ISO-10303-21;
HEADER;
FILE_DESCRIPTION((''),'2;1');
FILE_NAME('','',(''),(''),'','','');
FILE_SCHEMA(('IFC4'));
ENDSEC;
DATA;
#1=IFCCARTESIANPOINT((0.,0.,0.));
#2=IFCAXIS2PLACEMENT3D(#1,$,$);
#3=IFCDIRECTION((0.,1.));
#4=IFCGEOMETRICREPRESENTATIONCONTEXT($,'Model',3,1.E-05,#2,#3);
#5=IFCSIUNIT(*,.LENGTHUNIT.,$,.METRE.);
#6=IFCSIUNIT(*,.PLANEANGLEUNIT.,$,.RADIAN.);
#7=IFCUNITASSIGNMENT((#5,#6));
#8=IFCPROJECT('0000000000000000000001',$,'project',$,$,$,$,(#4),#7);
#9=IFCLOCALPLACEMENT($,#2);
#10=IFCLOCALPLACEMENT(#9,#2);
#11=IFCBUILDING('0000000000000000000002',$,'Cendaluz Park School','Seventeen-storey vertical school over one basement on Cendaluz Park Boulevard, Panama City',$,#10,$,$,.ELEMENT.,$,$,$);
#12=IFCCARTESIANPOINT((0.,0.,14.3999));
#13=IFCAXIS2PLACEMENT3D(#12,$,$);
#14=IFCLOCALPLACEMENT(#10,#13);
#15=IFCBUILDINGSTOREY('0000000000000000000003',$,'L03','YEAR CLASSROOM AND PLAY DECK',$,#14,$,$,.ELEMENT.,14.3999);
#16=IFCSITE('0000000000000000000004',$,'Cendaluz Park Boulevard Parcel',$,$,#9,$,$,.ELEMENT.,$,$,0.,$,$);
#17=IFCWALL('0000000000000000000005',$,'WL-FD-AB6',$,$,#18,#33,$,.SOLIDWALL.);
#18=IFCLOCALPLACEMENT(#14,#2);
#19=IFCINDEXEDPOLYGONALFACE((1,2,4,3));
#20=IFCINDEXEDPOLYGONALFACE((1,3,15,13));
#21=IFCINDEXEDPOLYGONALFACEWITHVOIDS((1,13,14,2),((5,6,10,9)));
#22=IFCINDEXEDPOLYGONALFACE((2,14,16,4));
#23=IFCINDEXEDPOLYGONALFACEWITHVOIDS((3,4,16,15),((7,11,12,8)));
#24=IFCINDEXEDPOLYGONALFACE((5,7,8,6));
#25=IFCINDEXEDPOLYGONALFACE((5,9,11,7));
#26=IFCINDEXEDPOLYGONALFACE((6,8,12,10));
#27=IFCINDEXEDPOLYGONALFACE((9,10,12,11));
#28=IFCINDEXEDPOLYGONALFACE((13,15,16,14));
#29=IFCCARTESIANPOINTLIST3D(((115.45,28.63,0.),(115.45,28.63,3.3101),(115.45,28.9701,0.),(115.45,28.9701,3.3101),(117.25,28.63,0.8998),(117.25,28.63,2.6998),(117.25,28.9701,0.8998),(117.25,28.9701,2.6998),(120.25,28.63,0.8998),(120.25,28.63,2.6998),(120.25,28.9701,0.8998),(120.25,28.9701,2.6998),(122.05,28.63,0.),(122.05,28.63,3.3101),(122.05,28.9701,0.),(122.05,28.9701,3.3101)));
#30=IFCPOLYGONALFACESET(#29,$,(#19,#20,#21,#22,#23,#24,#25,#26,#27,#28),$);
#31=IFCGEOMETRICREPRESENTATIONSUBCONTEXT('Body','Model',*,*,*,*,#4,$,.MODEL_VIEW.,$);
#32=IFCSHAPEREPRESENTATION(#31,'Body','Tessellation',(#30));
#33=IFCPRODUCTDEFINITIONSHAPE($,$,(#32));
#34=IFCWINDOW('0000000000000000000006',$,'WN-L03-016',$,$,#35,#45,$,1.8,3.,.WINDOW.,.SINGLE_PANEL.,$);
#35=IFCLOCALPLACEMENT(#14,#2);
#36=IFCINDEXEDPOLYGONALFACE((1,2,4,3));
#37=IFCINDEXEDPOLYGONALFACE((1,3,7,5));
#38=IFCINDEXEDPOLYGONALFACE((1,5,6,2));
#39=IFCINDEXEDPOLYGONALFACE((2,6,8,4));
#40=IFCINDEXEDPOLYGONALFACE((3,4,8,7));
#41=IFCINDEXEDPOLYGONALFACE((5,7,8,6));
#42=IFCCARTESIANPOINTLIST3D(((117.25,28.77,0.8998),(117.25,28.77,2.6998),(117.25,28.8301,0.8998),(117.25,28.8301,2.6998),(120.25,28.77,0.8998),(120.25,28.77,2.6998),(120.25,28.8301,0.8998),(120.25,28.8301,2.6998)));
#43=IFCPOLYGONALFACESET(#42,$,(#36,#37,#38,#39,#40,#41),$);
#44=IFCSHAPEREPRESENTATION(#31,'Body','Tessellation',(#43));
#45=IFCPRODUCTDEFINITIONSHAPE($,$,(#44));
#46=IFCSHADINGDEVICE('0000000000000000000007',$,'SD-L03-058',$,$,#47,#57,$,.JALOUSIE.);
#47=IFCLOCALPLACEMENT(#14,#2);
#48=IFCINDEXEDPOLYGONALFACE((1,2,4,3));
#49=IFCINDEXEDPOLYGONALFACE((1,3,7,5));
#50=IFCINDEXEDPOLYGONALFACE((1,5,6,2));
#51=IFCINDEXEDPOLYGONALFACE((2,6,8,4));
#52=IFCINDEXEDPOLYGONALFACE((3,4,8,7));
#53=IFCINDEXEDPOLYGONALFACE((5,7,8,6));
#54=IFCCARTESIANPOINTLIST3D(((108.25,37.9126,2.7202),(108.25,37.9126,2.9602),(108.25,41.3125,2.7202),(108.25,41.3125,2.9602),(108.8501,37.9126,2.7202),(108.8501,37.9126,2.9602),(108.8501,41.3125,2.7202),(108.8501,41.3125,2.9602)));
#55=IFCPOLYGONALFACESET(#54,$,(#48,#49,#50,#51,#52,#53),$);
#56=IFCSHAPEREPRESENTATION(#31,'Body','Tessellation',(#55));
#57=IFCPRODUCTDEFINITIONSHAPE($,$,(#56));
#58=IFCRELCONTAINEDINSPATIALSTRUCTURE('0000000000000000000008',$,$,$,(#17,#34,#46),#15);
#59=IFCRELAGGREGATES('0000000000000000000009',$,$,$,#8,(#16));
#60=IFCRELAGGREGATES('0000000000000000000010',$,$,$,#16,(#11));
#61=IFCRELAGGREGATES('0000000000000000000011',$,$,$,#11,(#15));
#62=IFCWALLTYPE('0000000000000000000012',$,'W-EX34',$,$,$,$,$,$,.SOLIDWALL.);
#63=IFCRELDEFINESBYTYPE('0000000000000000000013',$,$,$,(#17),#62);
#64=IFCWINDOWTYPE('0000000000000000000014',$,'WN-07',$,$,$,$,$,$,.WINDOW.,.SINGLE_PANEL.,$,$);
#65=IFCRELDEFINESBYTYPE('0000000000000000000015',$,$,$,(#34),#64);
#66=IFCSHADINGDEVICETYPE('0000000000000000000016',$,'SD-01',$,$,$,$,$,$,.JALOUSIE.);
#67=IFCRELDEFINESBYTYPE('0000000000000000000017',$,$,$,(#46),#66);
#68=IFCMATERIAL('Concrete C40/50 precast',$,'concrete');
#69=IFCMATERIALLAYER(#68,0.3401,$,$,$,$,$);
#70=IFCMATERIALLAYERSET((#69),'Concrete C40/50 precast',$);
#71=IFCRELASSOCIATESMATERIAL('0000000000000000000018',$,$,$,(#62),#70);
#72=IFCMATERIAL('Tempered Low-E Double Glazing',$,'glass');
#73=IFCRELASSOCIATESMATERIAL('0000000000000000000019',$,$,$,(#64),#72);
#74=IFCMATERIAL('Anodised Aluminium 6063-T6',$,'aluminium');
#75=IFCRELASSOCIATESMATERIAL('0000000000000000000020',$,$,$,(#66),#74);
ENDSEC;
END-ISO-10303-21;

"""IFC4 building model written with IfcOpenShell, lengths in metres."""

from ifc_helpers import new_model, si_unit, direction, frame, frame_2d, origin, origin_2d, place, context, subcontext, project, spatial, rectangle, extrude, material, layer, layer_set, type_object, element, fill, save


model = new_model("IFC4")

# Units and contexts
model_context = context("Model", 3, precision=1e-05, world=origin(), true_north=direction((0.0, 1.0)))
body_context = subcontext(model_context, "Body", "Model", "MODEL_VIEW")
ifc_project = project(units=[si_unit("LENGTHUNIT", "METRE"), si_unit("PLANEANGLEUNIT", "RADIAN")], contexts=[model_context])

# Site, building, storey
site_placement = place(None, origin())
site = spatial("IfcSite", under=ifc_project, at=site_placement, Name="Cendaluz Park Boulevard Parcel", CompositionType="ELEMENT", RefElevation=0.0)
building_placement = place(site_placement, origin())
building = spatial("IfcBuilding", under=site, at=building_placement, Name="Cendaluz Park School", Description="Seventeen-storey vertical school over one basement on Cendaluz Park Boulevard, Panama City", CompositionType="ELEMENT")
storey_placement = place(building_placement, frame((0.0, 0.0, 14.3999)))
storey = spatial("IfcBuildingStorey", under=building, at=storey_placement, Name="L03", Description="YEAR CLASSROOM AND PLAY DECK", CompositionType="ELEMENT", Elevation=14.3999)

# Shared definitions
ifc_material_1 = material(Name="Anodised Aluminium 6063-T6", Category="aluminium")

# Shared definitions
ifc_material_2 = material(Name="Tempered Low-E Double Glazing", Category="glass")

# Wall, opening, window
ifc_material_3 = material(Name="Concrete C40/50 precast", Category="concrete")
ifc_layer_1 = layer(ifc_material_3, 0.3401)
ifc_layer_set_1 = layer_set([ifc_layer_1], Name="Concrete C40/50 precast")
wall_type_1 = type_object("IfcWallType", Name="W-EX34", PredefinedType="SOLIDWALL", material=ifc_layer_set_1)
wall_1_placement = place(storey_placement, frame((115.45, 28.8, 0.0), z_axis=(0.0, 0.0, 1.0), x_axis=(1.0, 0.0, 0.0)))
wall_1 = element("IfcWall", 1, at=wall_1_placement, inside=storey, type_object=wall_type_1, Name="WL-FD-AB6", PredefinedType="SOLIDWALL", context=body_context, shape_type="SweptSolid", body=[
    extrude(rectangle(XDim=6.6001, YDim=0.3401, at=frame_2d((3.3, 0.0))), origin(), (0.0, 0.0, 1.0), 3.3101),
])
opening_placement = place(wall_1_placement, frame((1.8, 0.0, 0.8999)))
opening = element("IfcOpeningElement", 2, at=opening_placement, cuts=wall_1, PredefinedType="OPENING", context=body_context, shape_type="SweptSolid", body=[
    extrude(rectangle(XDim=3.0, YDim=1.8, at=frame_2d((1.5, 0.8999))), frame((0.0, 0.1821, 0.0), z_axis=(0.0, -1.0, 0.0), x_axis=(1.0, 0.0, 0.0)), (0.0, 0.0, 1.0), 0.364),
])
window_type = type_object("IfcWindowType", Name="WN-07", PartitioningType="SINGLE_PANEL", PredefinedType="WINDOW", material=ifc_material_2)
window_placement = place(opening_placement, origin())
window = element("IfcWindow", 3, at=window_placement, inside=storey, type_object=window_type, Name="WN-L03-016", OverallHeight=1.8, OverallWidth=3.0, PartitioningType="SINGLE_PANEL", PredefinedType="WINDOW", context=body_context, shape_type="SweptSolid", body=[
    extrude(rectangle(XDim=3.0, YDim=1.8, at=frame_2d((1.5, 0.8999))), frame((0.0, 0.03, 0.0), z_axis=(0.0, -1.0, 0.0), x_axis=(1.0, 0.0, 0.0)), (0.0, 0.0, 1.0), 0.0601),
])
fill(opening, window)

# Shading device
shading_device_type = type_object("IfcShadingDeviceType", Name="SD-01", PredefinedType="JALOUSIE", material=ifc_material_1)
shading_device_placement = place(storey_placement, frame((108.55, 39.6125, 2.7202), z_axis=(0.0, 0.0, 1.0), x_axis=(0.0, 1.0, 0.0)))
element("IfcShadingDevice", 4, at=shading_device_placement, inside=storey, type_object=shading_device_type, Name="SD-L03-058", PredefinedType="JALOUSIE", context=body_context, shape_type="SweptSolid", body=[
    extrude(rectangle(XDim=3.3999, YDim=0.6001, at=origin_2d()), origin(), (0.0, 0.0, 1.0), 0.24),
])

save(model, "model.ifc")
